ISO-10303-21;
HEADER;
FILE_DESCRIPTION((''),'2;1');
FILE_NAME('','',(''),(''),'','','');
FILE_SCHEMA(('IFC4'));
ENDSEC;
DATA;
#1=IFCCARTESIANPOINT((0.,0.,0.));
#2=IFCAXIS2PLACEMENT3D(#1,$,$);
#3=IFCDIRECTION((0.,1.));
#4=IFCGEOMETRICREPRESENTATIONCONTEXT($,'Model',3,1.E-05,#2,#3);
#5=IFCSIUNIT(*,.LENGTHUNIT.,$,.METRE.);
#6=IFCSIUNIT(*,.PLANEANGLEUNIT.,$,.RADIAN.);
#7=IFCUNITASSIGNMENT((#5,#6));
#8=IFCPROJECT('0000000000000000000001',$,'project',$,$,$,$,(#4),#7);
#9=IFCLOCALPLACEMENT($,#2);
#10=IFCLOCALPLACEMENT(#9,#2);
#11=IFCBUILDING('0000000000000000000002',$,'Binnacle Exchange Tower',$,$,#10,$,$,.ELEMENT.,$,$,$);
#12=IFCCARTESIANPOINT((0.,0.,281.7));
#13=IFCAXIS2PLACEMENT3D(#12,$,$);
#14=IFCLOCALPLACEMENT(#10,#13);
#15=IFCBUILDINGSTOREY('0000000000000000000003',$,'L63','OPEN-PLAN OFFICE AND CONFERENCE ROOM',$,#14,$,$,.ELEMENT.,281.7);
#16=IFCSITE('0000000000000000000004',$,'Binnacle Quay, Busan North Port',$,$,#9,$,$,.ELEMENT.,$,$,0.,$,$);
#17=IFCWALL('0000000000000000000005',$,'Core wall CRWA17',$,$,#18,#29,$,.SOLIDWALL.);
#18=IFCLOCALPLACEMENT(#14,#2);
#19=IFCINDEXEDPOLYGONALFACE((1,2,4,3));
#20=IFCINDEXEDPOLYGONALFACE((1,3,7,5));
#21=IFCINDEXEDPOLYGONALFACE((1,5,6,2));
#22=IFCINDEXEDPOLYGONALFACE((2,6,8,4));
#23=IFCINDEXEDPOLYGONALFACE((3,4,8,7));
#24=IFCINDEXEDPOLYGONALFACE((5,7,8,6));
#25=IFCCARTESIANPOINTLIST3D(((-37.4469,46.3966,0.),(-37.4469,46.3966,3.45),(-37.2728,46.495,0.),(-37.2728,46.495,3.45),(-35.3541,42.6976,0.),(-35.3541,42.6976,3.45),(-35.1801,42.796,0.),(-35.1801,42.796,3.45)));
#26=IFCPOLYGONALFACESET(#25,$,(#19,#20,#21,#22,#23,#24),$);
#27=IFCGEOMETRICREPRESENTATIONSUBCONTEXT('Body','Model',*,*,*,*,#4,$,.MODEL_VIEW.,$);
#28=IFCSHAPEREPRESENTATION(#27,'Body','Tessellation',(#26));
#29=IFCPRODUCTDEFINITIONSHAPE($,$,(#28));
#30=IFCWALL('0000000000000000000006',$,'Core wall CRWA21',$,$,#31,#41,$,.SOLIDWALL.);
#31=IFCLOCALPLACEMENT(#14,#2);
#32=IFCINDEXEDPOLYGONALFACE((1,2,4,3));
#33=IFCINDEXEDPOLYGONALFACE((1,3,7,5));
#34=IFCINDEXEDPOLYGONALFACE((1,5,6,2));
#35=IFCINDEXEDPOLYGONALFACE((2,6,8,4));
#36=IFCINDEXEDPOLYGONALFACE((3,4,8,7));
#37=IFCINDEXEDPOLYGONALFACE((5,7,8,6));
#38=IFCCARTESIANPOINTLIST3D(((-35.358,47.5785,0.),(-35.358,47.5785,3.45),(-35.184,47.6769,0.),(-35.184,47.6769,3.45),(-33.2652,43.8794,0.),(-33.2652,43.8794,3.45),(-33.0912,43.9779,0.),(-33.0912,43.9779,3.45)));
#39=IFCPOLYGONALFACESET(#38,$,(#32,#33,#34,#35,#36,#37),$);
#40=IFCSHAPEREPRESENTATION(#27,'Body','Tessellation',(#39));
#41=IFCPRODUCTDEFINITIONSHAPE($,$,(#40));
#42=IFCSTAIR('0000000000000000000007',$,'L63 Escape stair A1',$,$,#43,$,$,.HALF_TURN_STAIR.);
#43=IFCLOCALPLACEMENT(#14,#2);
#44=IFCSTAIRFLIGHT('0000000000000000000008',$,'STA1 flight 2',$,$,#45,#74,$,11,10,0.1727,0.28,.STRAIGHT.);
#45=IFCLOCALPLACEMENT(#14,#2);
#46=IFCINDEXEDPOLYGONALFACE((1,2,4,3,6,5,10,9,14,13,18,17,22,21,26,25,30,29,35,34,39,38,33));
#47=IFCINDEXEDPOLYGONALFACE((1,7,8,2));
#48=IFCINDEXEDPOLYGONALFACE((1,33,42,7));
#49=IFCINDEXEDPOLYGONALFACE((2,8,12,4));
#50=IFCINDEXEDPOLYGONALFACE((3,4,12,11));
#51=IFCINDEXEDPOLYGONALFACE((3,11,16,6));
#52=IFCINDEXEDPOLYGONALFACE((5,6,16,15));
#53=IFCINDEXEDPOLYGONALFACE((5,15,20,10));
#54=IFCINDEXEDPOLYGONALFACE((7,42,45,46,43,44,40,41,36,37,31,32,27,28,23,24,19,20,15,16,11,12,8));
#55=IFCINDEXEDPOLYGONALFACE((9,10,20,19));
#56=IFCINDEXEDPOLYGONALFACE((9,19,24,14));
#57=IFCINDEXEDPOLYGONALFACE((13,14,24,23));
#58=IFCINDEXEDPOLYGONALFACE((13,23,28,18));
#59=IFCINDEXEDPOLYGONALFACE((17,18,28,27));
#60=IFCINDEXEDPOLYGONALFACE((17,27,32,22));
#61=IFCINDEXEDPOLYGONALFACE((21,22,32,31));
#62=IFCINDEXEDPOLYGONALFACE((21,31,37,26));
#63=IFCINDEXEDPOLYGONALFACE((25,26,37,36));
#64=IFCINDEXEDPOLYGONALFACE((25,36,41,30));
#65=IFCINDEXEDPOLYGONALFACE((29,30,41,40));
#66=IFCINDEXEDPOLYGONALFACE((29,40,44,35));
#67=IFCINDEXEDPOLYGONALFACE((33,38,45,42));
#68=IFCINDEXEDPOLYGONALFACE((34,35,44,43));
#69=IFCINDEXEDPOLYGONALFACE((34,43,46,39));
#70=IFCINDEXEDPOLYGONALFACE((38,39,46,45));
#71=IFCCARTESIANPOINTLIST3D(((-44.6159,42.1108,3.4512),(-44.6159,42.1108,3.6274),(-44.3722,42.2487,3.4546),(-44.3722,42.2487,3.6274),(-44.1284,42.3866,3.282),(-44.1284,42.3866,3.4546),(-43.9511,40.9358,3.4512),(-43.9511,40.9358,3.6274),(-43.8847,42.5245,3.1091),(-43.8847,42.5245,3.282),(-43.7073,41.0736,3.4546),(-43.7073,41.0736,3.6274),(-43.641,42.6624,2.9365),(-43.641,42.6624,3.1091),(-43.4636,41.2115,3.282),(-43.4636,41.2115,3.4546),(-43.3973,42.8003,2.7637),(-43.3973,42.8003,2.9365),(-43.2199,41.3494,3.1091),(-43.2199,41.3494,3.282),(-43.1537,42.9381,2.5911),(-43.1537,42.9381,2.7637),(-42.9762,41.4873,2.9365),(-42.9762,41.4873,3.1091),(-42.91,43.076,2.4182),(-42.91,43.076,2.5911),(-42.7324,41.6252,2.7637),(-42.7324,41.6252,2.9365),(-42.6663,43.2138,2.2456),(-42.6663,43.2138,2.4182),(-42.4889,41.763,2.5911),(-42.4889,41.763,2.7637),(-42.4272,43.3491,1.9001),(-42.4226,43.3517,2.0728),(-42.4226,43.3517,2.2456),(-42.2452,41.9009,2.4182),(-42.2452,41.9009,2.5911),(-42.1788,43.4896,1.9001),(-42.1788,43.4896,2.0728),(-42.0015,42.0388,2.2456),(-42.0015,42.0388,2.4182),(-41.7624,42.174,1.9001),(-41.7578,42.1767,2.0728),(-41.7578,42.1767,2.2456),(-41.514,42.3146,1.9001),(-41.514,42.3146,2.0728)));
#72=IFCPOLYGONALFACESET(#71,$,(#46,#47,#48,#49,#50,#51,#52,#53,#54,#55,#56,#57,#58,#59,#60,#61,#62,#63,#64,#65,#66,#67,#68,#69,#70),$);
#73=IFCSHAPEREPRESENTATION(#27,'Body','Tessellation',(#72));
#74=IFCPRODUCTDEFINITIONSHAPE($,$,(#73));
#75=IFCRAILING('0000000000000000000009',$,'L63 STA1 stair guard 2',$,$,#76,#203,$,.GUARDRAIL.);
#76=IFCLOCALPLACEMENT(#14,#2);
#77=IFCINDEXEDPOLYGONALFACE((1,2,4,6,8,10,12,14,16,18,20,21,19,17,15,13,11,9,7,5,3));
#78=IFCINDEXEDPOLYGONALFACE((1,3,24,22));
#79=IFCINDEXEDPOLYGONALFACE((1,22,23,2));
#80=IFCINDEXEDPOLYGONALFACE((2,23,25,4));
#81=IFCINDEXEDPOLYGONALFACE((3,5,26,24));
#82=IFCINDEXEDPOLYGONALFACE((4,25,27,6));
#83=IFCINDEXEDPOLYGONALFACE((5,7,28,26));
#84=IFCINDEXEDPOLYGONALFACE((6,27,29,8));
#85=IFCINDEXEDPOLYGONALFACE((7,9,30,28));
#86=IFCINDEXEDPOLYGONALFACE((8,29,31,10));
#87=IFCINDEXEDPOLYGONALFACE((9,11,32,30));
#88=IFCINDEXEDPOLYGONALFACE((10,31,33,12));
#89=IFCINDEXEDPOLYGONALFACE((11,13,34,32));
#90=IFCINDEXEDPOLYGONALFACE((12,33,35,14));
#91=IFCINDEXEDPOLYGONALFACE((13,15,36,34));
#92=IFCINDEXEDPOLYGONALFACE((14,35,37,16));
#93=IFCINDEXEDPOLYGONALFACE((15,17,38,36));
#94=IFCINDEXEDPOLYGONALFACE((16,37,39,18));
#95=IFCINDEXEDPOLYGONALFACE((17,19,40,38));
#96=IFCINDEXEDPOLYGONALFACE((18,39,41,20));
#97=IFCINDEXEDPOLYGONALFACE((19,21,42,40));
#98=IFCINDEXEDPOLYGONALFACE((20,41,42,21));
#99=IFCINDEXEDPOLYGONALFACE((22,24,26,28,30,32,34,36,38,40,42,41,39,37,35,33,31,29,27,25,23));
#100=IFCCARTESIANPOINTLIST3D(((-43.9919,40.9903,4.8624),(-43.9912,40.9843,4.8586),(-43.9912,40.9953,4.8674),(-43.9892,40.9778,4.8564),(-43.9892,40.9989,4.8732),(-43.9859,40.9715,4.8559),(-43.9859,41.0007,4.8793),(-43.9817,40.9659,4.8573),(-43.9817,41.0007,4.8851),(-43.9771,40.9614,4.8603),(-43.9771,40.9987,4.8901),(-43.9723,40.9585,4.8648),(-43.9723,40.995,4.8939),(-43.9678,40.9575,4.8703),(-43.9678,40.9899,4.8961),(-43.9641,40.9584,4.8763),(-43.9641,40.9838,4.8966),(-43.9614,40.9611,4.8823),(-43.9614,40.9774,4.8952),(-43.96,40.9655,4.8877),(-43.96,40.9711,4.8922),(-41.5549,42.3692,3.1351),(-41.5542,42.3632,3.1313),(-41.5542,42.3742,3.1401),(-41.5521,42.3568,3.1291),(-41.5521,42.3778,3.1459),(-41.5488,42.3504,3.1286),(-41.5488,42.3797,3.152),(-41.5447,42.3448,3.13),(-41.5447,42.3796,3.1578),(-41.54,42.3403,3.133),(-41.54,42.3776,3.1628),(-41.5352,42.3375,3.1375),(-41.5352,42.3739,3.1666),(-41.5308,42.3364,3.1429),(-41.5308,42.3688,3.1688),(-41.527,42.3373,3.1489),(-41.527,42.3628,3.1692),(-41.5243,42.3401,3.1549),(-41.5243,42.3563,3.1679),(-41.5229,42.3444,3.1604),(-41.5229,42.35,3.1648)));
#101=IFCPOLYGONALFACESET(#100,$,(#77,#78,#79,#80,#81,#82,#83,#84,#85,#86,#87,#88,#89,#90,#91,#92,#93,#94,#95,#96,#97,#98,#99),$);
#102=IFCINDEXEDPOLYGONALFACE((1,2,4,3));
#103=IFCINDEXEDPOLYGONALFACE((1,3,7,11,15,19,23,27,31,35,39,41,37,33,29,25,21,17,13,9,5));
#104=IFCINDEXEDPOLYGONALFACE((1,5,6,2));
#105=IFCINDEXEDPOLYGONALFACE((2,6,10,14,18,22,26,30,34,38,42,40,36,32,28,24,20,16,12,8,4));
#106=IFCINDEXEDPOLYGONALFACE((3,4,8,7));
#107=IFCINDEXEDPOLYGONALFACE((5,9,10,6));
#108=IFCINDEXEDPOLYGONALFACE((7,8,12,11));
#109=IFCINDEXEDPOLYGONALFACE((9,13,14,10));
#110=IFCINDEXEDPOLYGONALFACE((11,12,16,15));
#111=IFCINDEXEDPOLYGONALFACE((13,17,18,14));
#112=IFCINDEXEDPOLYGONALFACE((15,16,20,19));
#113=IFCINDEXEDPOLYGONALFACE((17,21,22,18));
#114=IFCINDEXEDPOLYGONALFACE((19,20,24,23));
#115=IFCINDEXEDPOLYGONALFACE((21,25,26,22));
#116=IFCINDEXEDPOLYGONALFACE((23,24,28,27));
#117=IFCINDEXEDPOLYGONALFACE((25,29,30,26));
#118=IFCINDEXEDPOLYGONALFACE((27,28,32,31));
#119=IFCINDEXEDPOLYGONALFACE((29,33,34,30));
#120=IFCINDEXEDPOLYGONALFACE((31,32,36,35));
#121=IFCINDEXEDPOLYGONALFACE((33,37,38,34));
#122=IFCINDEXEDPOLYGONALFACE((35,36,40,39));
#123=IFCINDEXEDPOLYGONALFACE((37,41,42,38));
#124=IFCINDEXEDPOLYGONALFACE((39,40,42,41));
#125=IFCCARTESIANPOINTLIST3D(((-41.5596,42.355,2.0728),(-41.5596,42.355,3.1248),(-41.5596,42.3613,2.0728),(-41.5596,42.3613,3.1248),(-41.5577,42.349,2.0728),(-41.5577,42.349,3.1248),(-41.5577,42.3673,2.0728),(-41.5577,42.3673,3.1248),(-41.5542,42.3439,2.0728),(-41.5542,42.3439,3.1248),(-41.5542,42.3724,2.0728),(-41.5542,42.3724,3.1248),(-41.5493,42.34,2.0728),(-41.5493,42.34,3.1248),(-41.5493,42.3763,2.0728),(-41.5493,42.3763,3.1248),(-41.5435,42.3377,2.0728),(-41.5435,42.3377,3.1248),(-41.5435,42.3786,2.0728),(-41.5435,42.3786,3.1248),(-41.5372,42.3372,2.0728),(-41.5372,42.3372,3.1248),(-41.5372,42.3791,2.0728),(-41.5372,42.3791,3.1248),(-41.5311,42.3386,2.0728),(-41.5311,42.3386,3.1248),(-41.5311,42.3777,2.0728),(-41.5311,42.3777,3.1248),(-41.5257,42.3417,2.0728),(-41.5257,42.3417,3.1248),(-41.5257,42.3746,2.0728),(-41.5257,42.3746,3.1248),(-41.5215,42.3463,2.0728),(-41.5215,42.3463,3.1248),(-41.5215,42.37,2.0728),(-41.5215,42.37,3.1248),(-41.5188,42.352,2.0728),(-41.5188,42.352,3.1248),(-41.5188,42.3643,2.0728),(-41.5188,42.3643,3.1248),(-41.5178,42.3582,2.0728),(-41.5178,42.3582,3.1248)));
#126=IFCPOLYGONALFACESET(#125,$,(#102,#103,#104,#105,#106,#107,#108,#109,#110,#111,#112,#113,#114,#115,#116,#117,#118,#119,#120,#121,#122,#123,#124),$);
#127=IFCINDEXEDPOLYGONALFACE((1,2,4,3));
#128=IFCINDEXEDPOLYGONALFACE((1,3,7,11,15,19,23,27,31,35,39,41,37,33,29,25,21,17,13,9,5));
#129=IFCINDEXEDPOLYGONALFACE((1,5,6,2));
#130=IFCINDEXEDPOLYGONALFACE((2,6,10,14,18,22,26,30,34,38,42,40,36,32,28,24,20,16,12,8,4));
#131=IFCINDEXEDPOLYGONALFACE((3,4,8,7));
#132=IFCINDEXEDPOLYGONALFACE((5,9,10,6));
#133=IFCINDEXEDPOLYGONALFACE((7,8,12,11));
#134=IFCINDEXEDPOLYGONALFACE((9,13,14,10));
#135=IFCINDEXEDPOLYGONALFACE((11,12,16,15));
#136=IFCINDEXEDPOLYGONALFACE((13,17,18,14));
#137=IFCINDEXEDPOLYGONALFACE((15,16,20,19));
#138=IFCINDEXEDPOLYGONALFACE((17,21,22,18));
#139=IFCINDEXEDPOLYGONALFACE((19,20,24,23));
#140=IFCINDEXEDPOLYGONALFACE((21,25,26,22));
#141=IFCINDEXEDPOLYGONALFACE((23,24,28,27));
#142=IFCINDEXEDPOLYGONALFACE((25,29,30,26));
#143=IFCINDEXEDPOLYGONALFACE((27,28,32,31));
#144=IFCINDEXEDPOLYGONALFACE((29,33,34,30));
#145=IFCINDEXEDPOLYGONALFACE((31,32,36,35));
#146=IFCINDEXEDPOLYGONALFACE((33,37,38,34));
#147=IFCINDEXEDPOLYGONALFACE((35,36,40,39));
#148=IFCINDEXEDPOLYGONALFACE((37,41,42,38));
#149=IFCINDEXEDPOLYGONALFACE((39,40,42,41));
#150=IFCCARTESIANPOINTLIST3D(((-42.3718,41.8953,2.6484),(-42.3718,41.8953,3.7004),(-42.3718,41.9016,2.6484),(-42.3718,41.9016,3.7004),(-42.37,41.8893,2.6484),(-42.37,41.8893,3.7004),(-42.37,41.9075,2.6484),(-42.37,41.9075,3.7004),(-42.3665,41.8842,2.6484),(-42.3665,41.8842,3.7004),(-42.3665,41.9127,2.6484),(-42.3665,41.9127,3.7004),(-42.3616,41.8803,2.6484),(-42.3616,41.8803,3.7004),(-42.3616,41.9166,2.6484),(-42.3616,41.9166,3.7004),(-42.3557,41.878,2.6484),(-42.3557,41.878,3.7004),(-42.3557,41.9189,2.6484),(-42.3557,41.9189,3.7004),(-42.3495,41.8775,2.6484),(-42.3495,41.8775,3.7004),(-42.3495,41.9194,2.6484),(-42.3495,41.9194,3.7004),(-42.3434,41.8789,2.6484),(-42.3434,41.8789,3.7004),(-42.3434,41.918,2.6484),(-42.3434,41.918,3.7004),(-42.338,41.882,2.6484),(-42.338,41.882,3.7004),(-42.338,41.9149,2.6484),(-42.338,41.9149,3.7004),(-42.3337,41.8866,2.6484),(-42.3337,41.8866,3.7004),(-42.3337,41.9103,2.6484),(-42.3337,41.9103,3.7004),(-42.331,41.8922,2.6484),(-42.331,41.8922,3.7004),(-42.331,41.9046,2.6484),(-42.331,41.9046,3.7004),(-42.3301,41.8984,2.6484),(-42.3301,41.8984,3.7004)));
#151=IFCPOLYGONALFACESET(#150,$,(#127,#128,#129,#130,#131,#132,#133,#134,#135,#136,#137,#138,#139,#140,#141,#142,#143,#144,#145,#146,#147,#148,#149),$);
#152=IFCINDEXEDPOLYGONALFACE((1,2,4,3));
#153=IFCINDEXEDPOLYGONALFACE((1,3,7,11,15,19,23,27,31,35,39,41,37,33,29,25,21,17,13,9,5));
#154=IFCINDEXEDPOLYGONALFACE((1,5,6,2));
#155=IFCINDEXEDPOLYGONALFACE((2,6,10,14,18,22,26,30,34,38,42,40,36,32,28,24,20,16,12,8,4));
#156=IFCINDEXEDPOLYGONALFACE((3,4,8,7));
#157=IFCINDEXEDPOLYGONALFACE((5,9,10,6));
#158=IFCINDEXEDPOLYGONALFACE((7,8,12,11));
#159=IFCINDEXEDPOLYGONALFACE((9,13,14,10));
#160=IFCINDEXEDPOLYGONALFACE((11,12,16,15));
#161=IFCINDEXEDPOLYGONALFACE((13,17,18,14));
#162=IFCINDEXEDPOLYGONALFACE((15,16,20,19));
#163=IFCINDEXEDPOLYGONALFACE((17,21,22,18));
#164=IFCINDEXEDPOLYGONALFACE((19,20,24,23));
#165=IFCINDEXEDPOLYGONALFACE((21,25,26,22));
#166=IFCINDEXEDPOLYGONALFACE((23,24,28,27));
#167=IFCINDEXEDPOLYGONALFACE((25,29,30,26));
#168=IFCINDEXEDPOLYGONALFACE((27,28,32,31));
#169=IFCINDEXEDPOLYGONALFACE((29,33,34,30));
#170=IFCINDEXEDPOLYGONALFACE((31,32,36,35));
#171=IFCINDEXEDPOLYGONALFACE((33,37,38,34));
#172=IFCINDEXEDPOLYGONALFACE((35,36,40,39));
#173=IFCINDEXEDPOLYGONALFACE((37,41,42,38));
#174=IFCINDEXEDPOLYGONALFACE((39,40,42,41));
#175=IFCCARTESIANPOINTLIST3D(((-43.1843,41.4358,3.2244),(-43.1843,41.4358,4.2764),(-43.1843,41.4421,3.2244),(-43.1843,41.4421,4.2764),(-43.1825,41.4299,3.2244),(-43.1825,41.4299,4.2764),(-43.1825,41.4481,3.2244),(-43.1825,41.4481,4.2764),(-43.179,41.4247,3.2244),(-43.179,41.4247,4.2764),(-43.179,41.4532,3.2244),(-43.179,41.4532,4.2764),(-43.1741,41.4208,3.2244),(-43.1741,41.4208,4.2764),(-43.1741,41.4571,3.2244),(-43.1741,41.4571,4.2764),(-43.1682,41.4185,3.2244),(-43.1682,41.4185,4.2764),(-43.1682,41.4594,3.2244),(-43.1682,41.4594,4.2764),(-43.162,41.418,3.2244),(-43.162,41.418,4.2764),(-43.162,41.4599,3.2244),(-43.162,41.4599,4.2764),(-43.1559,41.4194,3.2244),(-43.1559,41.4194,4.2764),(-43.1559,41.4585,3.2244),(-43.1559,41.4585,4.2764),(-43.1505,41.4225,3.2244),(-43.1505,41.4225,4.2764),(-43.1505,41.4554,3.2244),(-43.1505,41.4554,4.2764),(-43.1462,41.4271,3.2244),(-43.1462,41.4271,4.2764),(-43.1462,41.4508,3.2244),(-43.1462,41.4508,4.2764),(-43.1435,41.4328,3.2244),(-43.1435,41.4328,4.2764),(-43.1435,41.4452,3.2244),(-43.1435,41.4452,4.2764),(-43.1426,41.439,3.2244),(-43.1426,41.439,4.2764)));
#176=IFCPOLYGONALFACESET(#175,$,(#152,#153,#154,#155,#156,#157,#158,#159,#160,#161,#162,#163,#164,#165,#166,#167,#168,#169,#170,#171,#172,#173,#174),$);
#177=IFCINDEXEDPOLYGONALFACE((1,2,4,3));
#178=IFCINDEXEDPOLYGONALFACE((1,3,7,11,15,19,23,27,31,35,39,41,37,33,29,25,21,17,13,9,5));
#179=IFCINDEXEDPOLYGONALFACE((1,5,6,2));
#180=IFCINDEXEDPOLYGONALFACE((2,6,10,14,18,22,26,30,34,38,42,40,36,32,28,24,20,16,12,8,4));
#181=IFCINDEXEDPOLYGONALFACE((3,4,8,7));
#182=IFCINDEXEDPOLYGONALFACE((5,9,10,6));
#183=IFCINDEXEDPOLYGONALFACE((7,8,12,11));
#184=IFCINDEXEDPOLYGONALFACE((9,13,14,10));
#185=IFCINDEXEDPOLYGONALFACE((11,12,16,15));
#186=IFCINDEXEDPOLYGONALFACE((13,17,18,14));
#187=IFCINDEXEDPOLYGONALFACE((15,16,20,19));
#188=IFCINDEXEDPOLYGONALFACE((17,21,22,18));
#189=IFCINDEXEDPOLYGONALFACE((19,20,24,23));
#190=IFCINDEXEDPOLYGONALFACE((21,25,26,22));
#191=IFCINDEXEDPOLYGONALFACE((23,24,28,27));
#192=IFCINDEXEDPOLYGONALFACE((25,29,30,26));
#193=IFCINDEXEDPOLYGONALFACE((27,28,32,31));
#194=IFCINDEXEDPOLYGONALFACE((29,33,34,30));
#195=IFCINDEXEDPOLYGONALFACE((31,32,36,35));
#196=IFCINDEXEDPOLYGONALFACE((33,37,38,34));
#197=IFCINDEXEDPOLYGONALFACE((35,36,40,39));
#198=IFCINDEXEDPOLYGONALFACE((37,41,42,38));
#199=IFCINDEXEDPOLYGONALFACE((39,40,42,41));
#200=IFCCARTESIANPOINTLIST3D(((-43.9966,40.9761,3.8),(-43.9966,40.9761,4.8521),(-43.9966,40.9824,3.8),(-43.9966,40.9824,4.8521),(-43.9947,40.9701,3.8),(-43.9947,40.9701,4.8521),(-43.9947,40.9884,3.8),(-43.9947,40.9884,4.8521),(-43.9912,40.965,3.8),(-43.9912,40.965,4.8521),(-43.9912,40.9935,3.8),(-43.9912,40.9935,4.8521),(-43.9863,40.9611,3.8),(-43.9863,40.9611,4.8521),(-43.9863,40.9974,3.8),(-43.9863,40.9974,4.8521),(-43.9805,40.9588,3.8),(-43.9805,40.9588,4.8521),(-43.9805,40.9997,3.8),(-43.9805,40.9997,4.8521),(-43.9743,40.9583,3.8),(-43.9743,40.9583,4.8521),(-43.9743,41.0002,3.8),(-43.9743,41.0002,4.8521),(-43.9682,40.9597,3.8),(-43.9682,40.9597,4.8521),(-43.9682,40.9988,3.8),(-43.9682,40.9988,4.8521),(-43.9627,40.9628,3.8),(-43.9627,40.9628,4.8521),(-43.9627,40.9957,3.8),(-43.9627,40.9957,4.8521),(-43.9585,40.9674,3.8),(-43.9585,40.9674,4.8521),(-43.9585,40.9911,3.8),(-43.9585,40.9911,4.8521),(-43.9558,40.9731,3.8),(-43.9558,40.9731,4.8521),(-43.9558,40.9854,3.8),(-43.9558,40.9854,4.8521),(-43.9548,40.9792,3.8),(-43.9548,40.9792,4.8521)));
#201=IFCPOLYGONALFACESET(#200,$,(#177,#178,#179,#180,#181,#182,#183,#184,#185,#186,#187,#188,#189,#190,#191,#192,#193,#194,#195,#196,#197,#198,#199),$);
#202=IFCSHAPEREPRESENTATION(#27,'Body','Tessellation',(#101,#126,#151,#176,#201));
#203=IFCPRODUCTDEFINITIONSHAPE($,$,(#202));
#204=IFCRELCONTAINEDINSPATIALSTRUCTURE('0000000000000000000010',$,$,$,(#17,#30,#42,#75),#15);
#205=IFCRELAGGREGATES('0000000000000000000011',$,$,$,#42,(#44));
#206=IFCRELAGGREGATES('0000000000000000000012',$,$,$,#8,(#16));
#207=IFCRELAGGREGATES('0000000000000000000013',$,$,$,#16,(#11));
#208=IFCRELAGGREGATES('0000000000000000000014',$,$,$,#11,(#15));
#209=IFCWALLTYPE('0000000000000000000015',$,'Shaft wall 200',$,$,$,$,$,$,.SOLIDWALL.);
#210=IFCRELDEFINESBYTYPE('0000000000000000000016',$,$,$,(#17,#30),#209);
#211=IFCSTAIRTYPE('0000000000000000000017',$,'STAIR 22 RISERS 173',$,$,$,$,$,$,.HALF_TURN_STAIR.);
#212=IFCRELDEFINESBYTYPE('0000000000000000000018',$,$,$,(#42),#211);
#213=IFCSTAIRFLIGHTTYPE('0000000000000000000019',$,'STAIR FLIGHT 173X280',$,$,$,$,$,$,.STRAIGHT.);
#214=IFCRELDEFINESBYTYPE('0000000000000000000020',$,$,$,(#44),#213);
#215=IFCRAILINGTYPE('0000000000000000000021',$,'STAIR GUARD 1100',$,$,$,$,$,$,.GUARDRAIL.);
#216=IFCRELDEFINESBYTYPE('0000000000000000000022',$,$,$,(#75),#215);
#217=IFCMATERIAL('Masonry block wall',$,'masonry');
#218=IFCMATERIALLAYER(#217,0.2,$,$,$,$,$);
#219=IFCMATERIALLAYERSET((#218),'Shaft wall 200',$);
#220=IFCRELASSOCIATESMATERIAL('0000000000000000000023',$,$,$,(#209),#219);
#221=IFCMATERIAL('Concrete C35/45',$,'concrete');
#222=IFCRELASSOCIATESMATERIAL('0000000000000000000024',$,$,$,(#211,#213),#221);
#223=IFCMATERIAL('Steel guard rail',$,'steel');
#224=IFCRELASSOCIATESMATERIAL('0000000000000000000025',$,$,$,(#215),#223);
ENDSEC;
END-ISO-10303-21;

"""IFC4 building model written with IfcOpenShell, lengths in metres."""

from ifc_helpers import new_model, si_unit, direction, frame, frame_2d, origin, origin_2d, place, context, subcontext, project, spatial, polyline, rectangle, circle, outline, extrude, material, layer, layer_set, type_object, element, aggregate, save


model = new_model("IFC4")

# Units and contexts
model_context = context("Model", 3, precision=1e-05, world=origin(), true_north=direction((0.0, 1.0)))
body_context = subcontext(model_context, "Body", "Model", "MODEL_VIEW")
ifc_project = project(units=[si_unit("LENGTHUNIT", "METRE"), si_unit("PLANEANGLEUNIT", "RADIAN")], contexts=[model_context])

# Site, building, storey
site_placement = place(None, origin())
site = spatial("IfcSite", under=ifc_project, at=site_placement, Name="Binnacle Quay, Busan North Port", CompositionType="ELEMENT", RefElevation=0.0)
building_placement = place(site_placement, origin())
building = spatial("IfcBuilding", under=site, at=building_placement, Name="Binnacle Exchange Tower", CompositionType="ELEMENT")
storey_placement = place(building_placement, frame((0.0, 0.0, 281.7)))
storey = spatial("IfcBuildingStorey", under=building, at=storey_placement, Name="L63", Description="OPEN-PLAN OFFICE AND CONFERENCE ROOM", CompositionType="ELEMENT", Elevation=281.7)

# Shared definitions
ifc_material_1 = material(Name="Masonry block wall", Category="masonry")

# Walls
ifc_layer_1 = layer(ifc_material_1, 0.2)
ifc_layer_set_1 = layer_set([ifc_layer_1], Name="Shaft wall 200")
wall_type_1 = type_object("IfcWallType", Name="Shaft wall 200", PredefinedType="SOLIDWALL", material=ifc_layer_set_1)
for number, where, z_axis, x_axis, name in (
    (1, (-37.3599, 46.4458, 0.0), (0.0, 0.0, 1.0), (0.492423, -0.870356, 0.0), "Core wall CRWA17"),
    (2, (-35.271, 47.6277, 0.0), (0.0, 0.0, 1.0), (0.492423, -0.870356, 0.0), "Core wall CRWA21"),
):
    element("IfcWall", number, at=place(storey_placement, frame(where, z_axis=z_axis, x_axis=x_axis)), inside=storey, type_object=wall_type_1, Name=name, PredefinedType="SOLIDWALL", context=body_context, shape_type="SweptSolid", body=[
        extrude(rectangle(XDim=4.25, YDim=0.2, at=frame_2d((2.125, 0.0))), origin(), (0.0, 0.0, 1.0), 3.45),
    ])

# Stair, stair flight
ifc_material_2 = material(Name="Concrete C35/45", Category="concrete")
stair_type = type_object("IfcStairType", Name="STAIR 22 RISERS 173", PredefinedType="HALF_TURN_STAIR", material=ifc_material_2)
stair_placement = place(storey_placement, origin())
stair = element("IfcStair", 3, at=stair_placement, inside=storey, type_object=stair_type, Name="L63 Escape stair A1", PredefinedType="HALF_TURN_STAIR")
stair_flight_type = type_object("IfcStairFlightType", Name="STAIR FLIGHT 173X280", PredefinedType="STRAIGHT", material=ifc_material_2)
stair_flight_placement = place(storey_placement, frame((-41.8464, 42.9021, 1.9001), z_axis=(0.0, 0.0, 1.0), x_axis=(-0.870356, -0.492424, 0.0)))
stair_flight = element("IfcStairFlight", 4, at=stair_flight_placement, type_object=stair_flight_type, Name="STA1 flight 2", NumberOfRisers=11, NumberOfTreads=10, PredefinedType="STRAIGHT", RiserHeight=0.1727, TreadLength=0.28, context=body_context, shape_type="SweptSolid", body=[
    extrude(outline(polyline([(0.0, 0.0), (0.0, 0.1726), (0.28, 0.1726), (0.28, 0.3455), (0.5601, 0.3455), (0.5601, 0.5181), (0.8401, 0.5181), (0.8401, 0.6909), (1.1201, 0.6909), (1.1201, 0.8635), (1.3999, 0.8635), (1.3999, 1.0364), (1.6799, 1.0364), (1.6799, 1.209), (1.96, 1.209), (1.96, 1.3818), (2.24, 1.3818), (2.24, 1.5544), (2.52, 1.5544), (2.52, 1.7273), (2.8, 1.7273), (2.8, 1.8999), (2.8, 1.551), (0.2854, 0.0), (0.0, 0.0)])), frame((0.0, 0.675, 0.0), z_axis=(0.0, -1.0, 0.0), x_axis=(1.0, 0.0, 0.0)), (0.0, 0.0, 1.0), 1.3501),
])
aggregate(stair, [stair_flight])

# Railing
ifc_material_3 = material(Name="Steel guard rail", Category="steel")
railing_type = type_object("IfcRailingType", Name="STAIR GUARD 1100", PredefinedType="GUARDRAIL", material=ifc_material_3)
railing_placement = place(storey_placement, frame((-41.5388, 42.3582, 2.0728)))
element("IfcRailing", 5, at=railing_placement, inside=storey, type_object=railing_type, Name="L63 STA1 stair guard 2", PredefinedType="GUARDRAIL", context=body_context, shape_type="SweptSolid", body=[
    extrude(circle(Radius=0.0239, at=origin_2d()), frame((0.0, 0.0, 1.0762), z_axis=(-0.740738, -0.419123, 0.525017), x_axis=(0.492454, -0.870339, 0.0)), (0.0, 0.0, 1.0), 3.29),
    extrude(circle(Radius=0.021, at=origin_2d()), origin(), (0.0, 0.0, 1.0), 1.052),
    extrude(circle(Radius=0.021, at=origin_2d()), frame((-0.8123, -0.4597, 0.5757)), (0.0, 0.0, 1.0), 1.052),
    extrude(circle(Radius=0.021, at=origin_2d()), frame((-1.6248, -0.9192, 1.1516)), (0.0, 0.0, 1.0), 1.052),
    extrude(circle(Radius=0.021, at=origin_2d()), frame((-2.437, -1.3789, 1.7273)), (0.0, 0.0, 1.0), 1.052),
])

save(model, "model.ifc")
